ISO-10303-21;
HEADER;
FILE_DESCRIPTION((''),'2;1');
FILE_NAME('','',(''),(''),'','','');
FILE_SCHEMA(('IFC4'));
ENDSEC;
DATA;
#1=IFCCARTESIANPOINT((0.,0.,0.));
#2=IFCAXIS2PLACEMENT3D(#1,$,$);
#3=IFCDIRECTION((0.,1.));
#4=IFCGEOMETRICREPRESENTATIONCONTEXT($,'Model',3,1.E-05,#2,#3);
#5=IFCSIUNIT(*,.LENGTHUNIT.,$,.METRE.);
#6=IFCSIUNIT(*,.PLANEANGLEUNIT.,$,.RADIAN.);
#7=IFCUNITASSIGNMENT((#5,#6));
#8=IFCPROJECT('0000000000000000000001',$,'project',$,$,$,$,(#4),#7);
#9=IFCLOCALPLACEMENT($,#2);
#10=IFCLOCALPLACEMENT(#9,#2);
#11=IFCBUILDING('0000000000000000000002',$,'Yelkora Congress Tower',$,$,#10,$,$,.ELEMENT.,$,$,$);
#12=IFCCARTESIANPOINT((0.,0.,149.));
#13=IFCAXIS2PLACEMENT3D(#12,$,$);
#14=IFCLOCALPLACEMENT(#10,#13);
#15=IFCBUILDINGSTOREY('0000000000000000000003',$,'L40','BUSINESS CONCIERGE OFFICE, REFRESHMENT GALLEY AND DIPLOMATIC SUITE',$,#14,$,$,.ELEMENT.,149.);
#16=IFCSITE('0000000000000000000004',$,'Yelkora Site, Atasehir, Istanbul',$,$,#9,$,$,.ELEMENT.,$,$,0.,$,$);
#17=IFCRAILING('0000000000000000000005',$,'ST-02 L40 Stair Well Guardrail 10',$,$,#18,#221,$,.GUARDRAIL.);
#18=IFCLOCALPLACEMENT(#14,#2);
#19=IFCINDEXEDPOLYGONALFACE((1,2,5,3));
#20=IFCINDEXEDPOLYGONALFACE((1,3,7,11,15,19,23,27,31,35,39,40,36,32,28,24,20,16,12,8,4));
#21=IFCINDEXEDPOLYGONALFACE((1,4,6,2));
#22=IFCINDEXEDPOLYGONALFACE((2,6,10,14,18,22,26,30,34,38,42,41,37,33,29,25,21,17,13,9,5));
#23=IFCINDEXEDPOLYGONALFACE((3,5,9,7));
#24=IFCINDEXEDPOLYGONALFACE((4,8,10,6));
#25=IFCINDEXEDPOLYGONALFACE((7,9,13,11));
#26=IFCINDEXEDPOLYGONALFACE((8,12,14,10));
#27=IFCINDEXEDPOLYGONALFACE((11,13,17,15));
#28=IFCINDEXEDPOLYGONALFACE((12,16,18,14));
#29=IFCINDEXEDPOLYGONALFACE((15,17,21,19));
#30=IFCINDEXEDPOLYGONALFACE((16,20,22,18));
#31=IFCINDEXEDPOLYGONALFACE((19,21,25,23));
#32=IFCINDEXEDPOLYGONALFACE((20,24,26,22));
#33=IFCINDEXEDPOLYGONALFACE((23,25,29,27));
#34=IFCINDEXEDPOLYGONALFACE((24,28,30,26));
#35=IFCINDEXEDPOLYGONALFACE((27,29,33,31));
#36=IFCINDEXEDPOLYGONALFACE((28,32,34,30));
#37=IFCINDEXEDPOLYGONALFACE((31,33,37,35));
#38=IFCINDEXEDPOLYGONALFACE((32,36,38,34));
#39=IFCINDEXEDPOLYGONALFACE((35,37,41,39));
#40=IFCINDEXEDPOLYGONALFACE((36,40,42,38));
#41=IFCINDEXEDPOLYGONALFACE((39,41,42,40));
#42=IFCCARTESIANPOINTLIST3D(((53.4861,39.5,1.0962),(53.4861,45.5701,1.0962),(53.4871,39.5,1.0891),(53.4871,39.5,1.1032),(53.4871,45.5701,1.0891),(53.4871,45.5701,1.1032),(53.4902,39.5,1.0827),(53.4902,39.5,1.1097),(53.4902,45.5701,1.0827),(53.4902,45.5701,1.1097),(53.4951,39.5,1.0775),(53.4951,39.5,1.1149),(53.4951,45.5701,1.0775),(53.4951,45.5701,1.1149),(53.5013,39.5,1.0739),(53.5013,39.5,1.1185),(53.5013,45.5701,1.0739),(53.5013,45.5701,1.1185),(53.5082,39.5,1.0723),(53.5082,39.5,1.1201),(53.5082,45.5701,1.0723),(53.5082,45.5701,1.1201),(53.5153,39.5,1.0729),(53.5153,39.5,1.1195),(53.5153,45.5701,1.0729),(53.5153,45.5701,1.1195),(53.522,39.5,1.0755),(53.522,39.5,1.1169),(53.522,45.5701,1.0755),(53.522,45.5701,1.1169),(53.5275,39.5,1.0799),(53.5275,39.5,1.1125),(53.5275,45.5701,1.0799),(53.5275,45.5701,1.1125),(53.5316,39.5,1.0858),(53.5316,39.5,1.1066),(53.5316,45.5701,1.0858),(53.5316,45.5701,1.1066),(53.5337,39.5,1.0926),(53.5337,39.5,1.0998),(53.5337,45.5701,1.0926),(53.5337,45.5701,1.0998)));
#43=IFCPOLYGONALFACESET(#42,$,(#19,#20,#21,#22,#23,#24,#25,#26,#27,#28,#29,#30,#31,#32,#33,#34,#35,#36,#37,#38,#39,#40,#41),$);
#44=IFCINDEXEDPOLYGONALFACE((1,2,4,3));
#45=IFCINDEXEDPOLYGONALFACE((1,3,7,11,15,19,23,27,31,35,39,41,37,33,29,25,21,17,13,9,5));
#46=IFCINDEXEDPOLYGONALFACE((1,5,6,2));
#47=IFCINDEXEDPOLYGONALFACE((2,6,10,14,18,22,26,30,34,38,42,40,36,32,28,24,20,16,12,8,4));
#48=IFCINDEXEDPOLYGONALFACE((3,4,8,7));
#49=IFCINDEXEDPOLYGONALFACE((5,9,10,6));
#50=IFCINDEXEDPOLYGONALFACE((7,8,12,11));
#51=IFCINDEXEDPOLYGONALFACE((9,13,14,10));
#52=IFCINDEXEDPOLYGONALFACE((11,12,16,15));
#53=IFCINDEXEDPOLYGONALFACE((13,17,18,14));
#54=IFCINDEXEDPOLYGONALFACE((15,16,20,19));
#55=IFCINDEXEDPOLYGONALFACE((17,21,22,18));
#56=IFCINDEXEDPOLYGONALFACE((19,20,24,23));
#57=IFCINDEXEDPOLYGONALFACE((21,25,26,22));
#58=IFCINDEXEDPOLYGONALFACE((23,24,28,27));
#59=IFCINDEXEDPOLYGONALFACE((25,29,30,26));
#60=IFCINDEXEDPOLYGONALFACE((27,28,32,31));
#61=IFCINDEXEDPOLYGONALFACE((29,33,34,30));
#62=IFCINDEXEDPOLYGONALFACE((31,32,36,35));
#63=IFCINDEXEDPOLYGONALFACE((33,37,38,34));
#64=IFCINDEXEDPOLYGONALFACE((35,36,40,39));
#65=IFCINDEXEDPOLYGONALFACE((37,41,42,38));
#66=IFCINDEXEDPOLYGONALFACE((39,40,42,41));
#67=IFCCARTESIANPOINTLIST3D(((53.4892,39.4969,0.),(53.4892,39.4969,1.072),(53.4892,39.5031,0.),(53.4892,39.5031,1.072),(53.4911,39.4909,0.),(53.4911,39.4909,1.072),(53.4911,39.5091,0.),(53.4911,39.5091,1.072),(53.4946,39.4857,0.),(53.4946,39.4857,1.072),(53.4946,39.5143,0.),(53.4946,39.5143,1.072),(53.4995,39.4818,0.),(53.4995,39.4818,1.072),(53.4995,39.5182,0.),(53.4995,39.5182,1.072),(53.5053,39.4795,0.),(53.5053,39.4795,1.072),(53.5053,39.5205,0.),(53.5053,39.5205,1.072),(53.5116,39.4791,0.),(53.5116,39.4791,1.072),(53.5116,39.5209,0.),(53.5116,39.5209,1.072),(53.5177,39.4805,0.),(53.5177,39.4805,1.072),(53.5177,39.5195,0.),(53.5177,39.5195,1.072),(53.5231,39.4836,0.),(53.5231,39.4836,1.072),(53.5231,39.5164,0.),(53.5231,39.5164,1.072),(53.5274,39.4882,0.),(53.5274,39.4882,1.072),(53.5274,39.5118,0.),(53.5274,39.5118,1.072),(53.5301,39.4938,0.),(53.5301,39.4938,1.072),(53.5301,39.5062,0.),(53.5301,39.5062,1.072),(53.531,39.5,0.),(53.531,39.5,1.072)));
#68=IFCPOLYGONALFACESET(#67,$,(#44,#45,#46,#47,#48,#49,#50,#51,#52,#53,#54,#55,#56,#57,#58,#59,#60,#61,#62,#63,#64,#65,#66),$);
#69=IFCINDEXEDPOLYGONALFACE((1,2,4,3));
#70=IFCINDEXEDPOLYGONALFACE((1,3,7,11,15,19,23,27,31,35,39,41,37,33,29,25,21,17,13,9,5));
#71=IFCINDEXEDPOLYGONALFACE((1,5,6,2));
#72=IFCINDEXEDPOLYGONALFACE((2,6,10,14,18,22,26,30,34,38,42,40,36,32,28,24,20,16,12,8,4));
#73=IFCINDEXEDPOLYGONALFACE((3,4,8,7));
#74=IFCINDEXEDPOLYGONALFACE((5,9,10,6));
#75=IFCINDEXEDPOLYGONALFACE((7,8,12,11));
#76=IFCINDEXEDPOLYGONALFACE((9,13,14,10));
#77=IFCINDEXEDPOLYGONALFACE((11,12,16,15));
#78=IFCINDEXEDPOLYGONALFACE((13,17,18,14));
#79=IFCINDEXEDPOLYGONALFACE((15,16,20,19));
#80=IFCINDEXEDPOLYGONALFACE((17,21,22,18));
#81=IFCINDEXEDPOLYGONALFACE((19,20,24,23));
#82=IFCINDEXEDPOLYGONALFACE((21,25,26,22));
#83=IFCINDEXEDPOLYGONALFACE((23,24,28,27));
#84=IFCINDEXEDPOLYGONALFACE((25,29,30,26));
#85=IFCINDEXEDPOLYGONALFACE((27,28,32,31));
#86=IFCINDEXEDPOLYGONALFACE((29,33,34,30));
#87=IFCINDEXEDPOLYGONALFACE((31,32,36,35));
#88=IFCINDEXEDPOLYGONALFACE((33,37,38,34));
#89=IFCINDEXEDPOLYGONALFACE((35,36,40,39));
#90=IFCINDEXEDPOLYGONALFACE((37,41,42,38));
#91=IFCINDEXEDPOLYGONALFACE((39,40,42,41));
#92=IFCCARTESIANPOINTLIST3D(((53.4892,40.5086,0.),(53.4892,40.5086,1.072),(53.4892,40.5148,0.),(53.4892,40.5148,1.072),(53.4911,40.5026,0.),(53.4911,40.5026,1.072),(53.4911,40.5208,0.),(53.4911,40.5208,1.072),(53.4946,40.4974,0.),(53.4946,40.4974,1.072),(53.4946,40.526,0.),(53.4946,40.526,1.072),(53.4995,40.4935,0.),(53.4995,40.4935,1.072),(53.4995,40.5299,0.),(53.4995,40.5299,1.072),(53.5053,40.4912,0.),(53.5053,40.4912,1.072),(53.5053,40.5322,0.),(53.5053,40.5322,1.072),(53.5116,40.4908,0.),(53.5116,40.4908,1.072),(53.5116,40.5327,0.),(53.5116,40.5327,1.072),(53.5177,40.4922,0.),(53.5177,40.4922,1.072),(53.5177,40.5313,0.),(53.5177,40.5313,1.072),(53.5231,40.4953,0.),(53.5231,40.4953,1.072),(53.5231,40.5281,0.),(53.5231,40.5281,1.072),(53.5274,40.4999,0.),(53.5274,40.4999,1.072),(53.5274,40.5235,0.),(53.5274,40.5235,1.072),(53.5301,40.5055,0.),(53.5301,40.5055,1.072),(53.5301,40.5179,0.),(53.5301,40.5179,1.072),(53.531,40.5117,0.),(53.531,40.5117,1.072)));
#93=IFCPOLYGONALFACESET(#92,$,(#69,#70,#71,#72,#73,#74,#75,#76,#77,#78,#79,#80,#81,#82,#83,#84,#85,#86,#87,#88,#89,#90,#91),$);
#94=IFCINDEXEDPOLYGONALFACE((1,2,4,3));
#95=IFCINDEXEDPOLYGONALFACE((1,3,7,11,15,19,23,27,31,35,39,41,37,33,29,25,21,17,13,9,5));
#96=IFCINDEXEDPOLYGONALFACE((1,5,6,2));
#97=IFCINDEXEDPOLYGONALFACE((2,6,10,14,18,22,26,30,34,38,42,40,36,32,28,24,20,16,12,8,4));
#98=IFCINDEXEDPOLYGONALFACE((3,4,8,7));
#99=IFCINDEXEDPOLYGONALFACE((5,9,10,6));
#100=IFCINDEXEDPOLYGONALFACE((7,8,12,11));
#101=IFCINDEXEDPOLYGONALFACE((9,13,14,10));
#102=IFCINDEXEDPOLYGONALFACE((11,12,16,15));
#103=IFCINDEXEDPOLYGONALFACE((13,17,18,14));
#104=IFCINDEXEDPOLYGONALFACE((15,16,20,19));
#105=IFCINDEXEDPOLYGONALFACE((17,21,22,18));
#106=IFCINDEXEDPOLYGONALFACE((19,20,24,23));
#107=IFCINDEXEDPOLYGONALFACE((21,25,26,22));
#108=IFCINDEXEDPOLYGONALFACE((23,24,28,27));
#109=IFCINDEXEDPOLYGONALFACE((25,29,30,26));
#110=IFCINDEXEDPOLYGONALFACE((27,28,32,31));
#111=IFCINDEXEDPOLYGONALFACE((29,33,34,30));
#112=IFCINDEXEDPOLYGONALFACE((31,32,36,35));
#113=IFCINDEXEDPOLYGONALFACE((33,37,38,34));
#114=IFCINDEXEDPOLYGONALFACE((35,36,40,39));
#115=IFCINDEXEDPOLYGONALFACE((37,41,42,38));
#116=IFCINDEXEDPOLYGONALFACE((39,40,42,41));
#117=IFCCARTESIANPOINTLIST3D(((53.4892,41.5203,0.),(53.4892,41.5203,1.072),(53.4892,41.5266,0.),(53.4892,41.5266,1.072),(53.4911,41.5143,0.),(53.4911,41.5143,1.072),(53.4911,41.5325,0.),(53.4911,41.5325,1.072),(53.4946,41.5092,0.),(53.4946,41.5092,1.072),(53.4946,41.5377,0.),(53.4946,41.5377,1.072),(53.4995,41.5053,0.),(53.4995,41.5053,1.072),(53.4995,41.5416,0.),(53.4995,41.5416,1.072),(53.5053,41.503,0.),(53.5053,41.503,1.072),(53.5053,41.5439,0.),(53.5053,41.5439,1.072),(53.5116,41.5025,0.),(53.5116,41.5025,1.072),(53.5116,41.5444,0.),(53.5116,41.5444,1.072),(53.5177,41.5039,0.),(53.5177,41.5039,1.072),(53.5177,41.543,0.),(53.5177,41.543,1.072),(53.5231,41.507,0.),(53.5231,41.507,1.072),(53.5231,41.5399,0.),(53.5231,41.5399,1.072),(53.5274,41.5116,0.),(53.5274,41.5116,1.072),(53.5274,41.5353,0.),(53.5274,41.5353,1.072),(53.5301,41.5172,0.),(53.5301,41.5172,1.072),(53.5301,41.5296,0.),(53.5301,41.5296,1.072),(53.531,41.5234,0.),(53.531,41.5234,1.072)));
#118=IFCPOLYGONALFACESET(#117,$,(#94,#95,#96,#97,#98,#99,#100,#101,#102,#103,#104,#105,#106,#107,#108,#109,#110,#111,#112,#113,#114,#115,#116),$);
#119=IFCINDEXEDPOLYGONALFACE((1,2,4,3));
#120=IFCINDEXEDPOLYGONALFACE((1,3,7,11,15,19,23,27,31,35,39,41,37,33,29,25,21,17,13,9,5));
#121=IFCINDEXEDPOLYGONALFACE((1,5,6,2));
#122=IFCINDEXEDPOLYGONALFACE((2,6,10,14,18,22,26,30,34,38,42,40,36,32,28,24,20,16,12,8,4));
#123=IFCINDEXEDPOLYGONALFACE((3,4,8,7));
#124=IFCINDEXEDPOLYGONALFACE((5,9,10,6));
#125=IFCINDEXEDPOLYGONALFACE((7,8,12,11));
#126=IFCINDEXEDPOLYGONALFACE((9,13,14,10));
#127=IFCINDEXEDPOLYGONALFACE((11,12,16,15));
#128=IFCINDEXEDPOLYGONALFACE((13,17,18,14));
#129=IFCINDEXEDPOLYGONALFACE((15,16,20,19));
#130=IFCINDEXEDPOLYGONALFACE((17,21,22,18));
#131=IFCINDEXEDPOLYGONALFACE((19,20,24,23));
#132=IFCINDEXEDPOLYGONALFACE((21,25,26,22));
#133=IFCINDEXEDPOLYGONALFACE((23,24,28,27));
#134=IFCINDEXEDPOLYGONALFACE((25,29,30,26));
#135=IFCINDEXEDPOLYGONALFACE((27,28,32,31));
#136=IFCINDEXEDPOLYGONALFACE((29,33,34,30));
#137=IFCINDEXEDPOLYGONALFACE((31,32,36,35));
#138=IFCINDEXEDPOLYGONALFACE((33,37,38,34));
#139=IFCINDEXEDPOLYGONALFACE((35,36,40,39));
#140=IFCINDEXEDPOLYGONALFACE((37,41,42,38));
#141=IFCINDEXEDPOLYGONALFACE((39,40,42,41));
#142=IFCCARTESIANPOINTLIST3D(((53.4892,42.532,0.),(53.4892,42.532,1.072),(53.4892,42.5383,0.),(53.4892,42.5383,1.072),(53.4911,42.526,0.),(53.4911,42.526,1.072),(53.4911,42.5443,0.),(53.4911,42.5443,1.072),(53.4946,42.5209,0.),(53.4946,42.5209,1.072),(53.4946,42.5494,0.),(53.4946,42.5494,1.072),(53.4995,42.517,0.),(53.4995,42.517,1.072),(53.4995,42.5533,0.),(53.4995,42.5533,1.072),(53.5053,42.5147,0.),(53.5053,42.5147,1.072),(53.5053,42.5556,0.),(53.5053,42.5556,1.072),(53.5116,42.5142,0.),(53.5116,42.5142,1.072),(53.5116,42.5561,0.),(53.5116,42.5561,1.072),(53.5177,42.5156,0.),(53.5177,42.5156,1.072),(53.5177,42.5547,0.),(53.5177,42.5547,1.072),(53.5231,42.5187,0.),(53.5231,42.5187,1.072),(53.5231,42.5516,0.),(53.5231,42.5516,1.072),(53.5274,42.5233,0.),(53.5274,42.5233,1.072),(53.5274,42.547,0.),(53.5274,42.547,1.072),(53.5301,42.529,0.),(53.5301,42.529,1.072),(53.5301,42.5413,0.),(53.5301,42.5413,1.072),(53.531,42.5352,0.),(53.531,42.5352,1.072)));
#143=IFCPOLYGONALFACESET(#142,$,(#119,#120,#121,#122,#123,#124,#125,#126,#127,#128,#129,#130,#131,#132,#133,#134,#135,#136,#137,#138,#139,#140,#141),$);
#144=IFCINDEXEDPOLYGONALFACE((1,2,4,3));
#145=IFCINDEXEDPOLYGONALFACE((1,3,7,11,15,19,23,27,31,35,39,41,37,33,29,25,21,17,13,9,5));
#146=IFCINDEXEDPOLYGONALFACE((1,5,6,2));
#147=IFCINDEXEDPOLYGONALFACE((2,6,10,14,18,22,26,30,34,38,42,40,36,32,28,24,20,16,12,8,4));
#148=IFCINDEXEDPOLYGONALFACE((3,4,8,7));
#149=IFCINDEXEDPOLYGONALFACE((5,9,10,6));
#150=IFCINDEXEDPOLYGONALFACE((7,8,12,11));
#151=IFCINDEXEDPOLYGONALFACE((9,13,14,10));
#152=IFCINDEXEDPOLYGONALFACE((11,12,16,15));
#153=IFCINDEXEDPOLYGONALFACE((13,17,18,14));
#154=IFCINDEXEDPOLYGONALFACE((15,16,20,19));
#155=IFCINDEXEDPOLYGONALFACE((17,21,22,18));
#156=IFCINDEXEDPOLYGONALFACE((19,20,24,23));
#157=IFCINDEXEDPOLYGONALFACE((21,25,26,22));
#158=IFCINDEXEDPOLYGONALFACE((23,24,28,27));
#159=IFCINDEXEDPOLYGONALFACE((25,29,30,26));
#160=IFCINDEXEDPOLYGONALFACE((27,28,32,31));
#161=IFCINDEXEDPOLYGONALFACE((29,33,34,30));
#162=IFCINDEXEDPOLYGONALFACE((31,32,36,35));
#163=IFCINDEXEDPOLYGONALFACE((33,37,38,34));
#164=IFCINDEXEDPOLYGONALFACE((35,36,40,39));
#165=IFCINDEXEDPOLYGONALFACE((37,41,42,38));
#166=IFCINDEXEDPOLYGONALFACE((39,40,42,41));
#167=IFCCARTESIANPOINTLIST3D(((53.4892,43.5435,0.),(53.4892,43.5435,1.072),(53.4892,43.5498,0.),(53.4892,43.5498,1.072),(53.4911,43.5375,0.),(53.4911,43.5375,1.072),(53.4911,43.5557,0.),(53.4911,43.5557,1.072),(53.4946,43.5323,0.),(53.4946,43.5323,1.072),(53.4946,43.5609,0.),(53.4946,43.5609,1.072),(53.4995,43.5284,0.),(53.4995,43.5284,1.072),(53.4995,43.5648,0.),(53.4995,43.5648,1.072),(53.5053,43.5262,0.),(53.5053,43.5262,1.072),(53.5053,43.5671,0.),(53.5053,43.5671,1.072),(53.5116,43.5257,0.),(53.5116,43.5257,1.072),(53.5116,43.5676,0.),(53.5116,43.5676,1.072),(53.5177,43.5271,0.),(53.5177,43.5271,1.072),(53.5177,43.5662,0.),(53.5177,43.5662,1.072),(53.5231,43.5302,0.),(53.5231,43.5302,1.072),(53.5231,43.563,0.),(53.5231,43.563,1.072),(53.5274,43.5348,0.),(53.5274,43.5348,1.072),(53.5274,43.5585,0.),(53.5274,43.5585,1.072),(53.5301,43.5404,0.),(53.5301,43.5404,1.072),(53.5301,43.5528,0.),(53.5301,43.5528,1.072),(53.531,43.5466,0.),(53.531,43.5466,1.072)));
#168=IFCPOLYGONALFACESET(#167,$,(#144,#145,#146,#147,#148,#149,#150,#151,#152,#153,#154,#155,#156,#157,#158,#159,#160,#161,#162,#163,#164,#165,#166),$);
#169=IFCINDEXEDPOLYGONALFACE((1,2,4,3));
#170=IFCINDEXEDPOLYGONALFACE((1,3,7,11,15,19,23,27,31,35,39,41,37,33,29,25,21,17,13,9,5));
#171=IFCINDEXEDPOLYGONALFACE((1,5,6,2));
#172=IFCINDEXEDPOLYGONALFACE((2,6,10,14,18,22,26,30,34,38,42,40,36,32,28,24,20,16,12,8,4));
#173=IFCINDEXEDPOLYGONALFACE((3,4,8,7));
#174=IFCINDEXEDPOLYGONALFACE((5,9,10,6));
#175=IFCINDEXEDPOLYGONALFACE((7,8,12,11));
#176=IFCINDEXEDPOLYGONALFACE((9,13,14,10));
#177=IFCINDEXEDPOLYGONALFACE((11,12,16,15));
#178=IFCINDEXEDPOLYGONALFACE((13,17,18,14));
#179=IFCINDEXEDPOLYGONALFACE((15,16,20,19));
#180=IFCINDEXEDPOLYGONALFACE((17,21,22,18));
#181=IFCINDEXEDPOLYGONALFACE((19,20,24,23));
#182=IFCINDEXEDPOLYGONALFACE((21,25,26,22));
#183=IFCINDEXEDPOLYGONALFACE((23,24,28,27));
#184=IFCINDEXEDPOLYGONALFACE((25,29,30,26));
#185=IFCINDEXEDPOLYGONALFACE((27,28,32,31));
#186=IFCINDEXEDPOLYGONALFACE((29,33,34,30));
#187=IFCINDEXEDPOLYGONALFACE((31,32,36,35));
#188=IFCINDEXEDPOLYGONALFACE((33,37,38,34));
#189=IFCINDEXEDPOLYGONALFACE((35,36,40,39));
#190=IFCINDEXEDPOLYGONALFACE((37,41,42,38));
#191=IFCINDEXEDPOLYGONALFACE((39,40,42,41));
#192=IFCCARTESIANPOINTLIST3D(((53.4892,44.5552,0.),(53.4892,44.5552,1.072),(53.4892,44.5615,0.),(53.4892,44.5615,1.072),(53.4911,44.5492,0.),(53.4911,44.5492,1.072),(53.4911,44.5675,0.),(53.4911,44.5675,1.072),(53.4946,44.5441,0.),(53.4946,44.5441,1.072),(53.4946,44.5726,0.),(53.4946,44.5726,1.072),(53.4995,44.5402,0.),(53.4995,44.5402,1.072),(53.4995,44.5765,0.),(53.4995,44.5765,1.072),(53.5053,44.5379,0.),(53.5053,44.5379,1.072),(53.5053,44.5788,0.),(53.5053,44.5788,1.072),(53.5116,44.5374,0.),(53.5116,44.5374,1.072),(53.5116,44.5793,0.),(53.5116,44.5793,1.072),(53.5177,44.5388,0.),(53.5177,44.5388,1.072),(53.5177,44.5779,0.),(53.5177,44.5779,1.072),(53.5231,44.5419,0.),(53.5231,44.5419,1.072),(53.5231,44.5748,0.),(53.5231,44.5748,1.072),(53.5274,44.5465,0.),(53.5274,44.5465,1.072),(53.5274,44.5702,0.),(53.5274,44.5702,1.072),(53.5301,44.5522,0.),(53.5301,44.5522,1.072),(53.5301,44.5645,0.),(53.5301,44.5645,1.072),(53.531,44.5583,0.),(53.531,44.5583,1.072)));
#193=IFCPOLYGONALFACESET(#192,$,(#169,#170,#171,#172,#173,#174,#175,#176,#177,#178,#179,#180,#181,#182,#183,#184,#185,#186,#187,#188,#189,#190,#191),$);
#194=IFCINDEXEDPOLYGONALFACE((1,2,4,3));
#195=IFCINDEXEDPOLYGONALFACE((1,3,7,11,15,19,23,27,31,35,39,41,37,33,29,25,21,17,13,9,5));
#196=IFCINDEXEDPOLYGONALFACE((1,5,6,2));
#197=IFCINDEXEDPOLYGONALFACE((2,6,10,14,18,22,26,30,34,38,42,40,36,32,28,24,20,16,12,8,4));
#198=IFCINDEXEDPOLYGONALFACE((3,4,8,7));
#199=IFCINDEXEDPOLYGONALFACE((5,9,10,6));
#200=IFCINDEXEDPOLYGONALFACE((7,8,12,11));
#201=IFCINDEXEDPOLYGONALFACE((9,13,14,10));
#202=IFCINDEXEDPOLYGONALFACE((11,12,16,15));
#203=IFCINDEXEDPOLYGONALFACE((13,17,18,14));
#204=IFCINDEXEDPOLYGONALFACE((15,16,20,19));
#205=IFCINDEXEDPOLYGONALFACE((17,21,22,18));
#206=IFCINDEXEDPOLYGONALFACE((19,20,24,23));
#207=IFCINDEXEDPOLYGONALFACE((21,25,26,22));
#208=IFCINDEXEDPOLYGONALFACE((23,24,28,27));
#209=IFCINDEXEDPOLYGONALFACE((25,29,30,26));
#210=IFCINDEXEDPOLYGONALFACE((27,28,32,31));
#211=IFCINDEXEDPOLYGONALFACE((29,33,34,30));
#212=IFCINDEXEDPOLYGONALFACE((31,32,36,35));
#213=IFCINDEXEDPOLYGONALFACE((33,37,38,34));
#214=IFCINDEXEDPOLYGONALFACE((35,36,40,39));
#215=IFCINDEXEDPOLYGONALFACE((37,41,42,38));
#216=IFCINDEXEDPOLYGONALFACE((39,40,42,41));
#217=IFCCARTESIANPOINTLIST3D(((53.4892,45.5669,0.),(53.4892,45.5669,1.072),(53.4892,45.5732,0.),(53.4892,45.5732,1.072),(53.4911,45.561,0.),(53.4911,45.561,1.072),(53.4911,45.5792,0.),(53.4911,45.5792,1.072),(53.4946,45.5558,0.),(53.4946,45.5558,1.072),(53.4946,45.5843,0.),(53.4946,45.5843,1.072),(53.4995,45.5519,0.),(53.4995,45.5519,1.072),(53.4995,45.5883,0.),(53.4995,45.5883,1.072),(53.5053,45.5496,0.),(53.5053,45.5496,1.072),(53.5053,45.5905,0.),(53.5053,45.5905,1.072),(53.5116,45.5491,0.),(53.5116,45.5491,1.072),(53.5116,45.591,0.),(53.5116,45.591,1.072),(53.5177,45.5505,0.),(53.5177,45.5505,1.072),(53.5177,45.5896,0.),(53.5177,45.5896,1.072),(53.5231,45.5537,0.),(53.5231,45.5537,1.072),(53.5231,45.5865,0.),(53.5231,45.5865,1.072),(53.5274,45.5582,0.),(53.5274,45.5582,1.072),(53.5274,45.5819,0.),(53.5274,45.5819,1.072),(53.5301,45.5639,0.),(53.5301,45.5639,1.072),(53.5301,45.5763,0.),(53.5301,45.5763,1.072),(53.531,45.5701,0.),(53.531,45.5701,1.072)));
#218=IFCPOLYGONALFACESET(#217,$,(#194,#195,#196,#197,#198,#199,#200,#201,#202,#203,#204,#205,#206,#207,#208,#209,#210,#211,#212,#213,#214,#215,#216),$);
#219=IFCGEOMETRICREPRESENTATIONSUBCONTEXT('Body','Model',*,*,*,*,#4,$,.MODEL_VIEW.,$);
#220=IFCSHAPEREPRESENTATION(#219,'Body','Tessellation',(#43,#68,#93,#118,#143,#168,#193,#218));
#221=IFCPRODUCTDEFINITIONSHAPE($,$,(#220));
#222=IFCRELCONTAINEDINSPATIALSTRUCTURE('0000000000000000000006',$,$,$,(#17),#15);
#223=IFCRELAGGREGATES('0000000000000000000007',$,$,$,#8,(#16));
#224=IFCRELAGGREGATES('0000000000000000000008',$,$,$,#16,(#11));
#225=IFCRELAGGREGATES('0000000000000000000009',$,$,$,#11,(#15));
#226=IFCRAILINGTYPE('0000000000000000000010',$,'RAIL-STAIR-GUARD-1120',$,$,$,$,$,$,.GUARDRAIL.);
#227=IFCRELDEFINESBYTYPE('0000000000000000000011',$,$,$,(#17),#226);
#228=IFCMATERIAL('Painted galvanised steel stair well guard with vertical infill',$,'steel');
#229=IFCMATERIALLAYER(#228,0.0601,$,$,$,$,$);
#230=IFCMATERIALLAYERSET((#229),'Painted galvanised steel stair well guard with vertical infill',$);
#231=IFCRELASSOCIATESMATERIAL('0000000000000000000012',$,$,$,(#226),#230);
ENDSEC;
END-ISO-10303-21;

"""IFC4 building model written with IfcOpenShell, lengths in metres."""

from ifc_helpers import new_model, si_unit, direction, frame, origin, origin_2d, place, context, subcontext, project, spatial, circle, extrude, material, layer, layer_set, type_object, element, save


model = new_model("IFC4")

# Units and contexts
model_context = context("Model", 3, precision=1e-05, world=origin(), true_north=direction((0.0, 1.0)))
body_context = subcontext(model_context, "Body", "Model", "MODEL_VIEW")
ifc_project = project(units=[si_unit("LENGTHUNIT", "METRE"), si_unit("PLANEANGLEUNIT", "RADIAN")], contexts=[model_context])

# Site, building, storey
site_placement = place(None, origin())
site = spatial("IfcSite", under=ifc_project, at=site_placement, Name="Yelkora Site, Atasehir, Istanbul", CompositionType="ELEMENT", RefElevation=0.0)
building_placement = place(site_placement, origin())
building = spatial("IfcBuilding", under=site, at=building_placement, Name="Yelkora Congress Tower", CompositionType="ELEMENT")
storey_placement = place(building_placement, frame((0.0, 0.0, 149.0)))
storey = spatial("IfcBuildingStorey", under=building, at=storey_placement, Name="L40", Description="BUSINESS CONCIERGE OFFICE, REFRESHMENT GALLEY AND DIPLOMATIC SUITE", CompositionType="ELEMENT", Elevation=149.0)

# Railing
ifc_material_1 = material(Name="Painted galvanised steel stair well guard with vertical infill", Category="steel")
ifc_layer_1 = layer(ifc_material_1, 0.0601)
ifc_layer_set_1 = layer_set([ifc_layer_1], Name="Painted galvanised steel stair well guard with vertical infill")
railing_type_1 = type_object("IfcRailingType", Name="RAIL-STAIR-GUARD-1120", PredefinedType="GUARDRAIL", material=ifc_layer_set_1)
railing_1_placement = place(storey_placement, frame((53.51, 39.5, 0.0)))
element("IfcRailing", 1, at=railing_1_placement, inside=storey, type_object=railing_type_1, Name="ST-02 L40 Stair Well Guardrail 10", PredefinedType="GUARDRAIL", context=body_context, shape_type="SweptSolid", body=[
    extrude(circle(Radius=0.0239, at=origin_2d()), frame((0.0, 0.0, 1.0962), z_axis=(0.0, 1.0, 0.0), x_axis=(-1.0, 0.0, 0.0)), (0.0, 0.0, 1.0), 6.0701),
    extrude(circle(Radius=0.021, at=origin_2d()), origin(), (0.0, 0.0, 1.0), 1.072),
    extrude(circle(Radius=0.021, at=origin_2d()), frame((0.0, 1.0117, 0.0)), (0.0, 0.0, 1.0), 1.072),
    extrude(circle(Radius=0.021, at=origin_2d()), frame((0.0, 2.0234, 0.0)), (0.0, 0.0, 1.0), 1.072),
    extrude(circle(Radius=0.021, at=origin_2d()), frame((0.0, 3.0352, 0.0)), (0.0, 0.0, 1.0), 1.072),
    extrude(circle(Radius=0.021, at=origin_2d()), frame((0.0, 4.0466, 0.0)), (0.0, 0.0, 1.0), 1.072),
    extrude(circle(Radius=0.021, at=origin_2d()), frame((0.0, 5.0583, 0.0)), (0.0, 0.0, 1.0), 1.072),
    extrude(circle(Radius=0.021, at=origin_2d()), frame((0.0, 6.0701, 0.0)), (0.0, 0.0, 1.0), 1.072),
])

save(model, "model.ifc")
